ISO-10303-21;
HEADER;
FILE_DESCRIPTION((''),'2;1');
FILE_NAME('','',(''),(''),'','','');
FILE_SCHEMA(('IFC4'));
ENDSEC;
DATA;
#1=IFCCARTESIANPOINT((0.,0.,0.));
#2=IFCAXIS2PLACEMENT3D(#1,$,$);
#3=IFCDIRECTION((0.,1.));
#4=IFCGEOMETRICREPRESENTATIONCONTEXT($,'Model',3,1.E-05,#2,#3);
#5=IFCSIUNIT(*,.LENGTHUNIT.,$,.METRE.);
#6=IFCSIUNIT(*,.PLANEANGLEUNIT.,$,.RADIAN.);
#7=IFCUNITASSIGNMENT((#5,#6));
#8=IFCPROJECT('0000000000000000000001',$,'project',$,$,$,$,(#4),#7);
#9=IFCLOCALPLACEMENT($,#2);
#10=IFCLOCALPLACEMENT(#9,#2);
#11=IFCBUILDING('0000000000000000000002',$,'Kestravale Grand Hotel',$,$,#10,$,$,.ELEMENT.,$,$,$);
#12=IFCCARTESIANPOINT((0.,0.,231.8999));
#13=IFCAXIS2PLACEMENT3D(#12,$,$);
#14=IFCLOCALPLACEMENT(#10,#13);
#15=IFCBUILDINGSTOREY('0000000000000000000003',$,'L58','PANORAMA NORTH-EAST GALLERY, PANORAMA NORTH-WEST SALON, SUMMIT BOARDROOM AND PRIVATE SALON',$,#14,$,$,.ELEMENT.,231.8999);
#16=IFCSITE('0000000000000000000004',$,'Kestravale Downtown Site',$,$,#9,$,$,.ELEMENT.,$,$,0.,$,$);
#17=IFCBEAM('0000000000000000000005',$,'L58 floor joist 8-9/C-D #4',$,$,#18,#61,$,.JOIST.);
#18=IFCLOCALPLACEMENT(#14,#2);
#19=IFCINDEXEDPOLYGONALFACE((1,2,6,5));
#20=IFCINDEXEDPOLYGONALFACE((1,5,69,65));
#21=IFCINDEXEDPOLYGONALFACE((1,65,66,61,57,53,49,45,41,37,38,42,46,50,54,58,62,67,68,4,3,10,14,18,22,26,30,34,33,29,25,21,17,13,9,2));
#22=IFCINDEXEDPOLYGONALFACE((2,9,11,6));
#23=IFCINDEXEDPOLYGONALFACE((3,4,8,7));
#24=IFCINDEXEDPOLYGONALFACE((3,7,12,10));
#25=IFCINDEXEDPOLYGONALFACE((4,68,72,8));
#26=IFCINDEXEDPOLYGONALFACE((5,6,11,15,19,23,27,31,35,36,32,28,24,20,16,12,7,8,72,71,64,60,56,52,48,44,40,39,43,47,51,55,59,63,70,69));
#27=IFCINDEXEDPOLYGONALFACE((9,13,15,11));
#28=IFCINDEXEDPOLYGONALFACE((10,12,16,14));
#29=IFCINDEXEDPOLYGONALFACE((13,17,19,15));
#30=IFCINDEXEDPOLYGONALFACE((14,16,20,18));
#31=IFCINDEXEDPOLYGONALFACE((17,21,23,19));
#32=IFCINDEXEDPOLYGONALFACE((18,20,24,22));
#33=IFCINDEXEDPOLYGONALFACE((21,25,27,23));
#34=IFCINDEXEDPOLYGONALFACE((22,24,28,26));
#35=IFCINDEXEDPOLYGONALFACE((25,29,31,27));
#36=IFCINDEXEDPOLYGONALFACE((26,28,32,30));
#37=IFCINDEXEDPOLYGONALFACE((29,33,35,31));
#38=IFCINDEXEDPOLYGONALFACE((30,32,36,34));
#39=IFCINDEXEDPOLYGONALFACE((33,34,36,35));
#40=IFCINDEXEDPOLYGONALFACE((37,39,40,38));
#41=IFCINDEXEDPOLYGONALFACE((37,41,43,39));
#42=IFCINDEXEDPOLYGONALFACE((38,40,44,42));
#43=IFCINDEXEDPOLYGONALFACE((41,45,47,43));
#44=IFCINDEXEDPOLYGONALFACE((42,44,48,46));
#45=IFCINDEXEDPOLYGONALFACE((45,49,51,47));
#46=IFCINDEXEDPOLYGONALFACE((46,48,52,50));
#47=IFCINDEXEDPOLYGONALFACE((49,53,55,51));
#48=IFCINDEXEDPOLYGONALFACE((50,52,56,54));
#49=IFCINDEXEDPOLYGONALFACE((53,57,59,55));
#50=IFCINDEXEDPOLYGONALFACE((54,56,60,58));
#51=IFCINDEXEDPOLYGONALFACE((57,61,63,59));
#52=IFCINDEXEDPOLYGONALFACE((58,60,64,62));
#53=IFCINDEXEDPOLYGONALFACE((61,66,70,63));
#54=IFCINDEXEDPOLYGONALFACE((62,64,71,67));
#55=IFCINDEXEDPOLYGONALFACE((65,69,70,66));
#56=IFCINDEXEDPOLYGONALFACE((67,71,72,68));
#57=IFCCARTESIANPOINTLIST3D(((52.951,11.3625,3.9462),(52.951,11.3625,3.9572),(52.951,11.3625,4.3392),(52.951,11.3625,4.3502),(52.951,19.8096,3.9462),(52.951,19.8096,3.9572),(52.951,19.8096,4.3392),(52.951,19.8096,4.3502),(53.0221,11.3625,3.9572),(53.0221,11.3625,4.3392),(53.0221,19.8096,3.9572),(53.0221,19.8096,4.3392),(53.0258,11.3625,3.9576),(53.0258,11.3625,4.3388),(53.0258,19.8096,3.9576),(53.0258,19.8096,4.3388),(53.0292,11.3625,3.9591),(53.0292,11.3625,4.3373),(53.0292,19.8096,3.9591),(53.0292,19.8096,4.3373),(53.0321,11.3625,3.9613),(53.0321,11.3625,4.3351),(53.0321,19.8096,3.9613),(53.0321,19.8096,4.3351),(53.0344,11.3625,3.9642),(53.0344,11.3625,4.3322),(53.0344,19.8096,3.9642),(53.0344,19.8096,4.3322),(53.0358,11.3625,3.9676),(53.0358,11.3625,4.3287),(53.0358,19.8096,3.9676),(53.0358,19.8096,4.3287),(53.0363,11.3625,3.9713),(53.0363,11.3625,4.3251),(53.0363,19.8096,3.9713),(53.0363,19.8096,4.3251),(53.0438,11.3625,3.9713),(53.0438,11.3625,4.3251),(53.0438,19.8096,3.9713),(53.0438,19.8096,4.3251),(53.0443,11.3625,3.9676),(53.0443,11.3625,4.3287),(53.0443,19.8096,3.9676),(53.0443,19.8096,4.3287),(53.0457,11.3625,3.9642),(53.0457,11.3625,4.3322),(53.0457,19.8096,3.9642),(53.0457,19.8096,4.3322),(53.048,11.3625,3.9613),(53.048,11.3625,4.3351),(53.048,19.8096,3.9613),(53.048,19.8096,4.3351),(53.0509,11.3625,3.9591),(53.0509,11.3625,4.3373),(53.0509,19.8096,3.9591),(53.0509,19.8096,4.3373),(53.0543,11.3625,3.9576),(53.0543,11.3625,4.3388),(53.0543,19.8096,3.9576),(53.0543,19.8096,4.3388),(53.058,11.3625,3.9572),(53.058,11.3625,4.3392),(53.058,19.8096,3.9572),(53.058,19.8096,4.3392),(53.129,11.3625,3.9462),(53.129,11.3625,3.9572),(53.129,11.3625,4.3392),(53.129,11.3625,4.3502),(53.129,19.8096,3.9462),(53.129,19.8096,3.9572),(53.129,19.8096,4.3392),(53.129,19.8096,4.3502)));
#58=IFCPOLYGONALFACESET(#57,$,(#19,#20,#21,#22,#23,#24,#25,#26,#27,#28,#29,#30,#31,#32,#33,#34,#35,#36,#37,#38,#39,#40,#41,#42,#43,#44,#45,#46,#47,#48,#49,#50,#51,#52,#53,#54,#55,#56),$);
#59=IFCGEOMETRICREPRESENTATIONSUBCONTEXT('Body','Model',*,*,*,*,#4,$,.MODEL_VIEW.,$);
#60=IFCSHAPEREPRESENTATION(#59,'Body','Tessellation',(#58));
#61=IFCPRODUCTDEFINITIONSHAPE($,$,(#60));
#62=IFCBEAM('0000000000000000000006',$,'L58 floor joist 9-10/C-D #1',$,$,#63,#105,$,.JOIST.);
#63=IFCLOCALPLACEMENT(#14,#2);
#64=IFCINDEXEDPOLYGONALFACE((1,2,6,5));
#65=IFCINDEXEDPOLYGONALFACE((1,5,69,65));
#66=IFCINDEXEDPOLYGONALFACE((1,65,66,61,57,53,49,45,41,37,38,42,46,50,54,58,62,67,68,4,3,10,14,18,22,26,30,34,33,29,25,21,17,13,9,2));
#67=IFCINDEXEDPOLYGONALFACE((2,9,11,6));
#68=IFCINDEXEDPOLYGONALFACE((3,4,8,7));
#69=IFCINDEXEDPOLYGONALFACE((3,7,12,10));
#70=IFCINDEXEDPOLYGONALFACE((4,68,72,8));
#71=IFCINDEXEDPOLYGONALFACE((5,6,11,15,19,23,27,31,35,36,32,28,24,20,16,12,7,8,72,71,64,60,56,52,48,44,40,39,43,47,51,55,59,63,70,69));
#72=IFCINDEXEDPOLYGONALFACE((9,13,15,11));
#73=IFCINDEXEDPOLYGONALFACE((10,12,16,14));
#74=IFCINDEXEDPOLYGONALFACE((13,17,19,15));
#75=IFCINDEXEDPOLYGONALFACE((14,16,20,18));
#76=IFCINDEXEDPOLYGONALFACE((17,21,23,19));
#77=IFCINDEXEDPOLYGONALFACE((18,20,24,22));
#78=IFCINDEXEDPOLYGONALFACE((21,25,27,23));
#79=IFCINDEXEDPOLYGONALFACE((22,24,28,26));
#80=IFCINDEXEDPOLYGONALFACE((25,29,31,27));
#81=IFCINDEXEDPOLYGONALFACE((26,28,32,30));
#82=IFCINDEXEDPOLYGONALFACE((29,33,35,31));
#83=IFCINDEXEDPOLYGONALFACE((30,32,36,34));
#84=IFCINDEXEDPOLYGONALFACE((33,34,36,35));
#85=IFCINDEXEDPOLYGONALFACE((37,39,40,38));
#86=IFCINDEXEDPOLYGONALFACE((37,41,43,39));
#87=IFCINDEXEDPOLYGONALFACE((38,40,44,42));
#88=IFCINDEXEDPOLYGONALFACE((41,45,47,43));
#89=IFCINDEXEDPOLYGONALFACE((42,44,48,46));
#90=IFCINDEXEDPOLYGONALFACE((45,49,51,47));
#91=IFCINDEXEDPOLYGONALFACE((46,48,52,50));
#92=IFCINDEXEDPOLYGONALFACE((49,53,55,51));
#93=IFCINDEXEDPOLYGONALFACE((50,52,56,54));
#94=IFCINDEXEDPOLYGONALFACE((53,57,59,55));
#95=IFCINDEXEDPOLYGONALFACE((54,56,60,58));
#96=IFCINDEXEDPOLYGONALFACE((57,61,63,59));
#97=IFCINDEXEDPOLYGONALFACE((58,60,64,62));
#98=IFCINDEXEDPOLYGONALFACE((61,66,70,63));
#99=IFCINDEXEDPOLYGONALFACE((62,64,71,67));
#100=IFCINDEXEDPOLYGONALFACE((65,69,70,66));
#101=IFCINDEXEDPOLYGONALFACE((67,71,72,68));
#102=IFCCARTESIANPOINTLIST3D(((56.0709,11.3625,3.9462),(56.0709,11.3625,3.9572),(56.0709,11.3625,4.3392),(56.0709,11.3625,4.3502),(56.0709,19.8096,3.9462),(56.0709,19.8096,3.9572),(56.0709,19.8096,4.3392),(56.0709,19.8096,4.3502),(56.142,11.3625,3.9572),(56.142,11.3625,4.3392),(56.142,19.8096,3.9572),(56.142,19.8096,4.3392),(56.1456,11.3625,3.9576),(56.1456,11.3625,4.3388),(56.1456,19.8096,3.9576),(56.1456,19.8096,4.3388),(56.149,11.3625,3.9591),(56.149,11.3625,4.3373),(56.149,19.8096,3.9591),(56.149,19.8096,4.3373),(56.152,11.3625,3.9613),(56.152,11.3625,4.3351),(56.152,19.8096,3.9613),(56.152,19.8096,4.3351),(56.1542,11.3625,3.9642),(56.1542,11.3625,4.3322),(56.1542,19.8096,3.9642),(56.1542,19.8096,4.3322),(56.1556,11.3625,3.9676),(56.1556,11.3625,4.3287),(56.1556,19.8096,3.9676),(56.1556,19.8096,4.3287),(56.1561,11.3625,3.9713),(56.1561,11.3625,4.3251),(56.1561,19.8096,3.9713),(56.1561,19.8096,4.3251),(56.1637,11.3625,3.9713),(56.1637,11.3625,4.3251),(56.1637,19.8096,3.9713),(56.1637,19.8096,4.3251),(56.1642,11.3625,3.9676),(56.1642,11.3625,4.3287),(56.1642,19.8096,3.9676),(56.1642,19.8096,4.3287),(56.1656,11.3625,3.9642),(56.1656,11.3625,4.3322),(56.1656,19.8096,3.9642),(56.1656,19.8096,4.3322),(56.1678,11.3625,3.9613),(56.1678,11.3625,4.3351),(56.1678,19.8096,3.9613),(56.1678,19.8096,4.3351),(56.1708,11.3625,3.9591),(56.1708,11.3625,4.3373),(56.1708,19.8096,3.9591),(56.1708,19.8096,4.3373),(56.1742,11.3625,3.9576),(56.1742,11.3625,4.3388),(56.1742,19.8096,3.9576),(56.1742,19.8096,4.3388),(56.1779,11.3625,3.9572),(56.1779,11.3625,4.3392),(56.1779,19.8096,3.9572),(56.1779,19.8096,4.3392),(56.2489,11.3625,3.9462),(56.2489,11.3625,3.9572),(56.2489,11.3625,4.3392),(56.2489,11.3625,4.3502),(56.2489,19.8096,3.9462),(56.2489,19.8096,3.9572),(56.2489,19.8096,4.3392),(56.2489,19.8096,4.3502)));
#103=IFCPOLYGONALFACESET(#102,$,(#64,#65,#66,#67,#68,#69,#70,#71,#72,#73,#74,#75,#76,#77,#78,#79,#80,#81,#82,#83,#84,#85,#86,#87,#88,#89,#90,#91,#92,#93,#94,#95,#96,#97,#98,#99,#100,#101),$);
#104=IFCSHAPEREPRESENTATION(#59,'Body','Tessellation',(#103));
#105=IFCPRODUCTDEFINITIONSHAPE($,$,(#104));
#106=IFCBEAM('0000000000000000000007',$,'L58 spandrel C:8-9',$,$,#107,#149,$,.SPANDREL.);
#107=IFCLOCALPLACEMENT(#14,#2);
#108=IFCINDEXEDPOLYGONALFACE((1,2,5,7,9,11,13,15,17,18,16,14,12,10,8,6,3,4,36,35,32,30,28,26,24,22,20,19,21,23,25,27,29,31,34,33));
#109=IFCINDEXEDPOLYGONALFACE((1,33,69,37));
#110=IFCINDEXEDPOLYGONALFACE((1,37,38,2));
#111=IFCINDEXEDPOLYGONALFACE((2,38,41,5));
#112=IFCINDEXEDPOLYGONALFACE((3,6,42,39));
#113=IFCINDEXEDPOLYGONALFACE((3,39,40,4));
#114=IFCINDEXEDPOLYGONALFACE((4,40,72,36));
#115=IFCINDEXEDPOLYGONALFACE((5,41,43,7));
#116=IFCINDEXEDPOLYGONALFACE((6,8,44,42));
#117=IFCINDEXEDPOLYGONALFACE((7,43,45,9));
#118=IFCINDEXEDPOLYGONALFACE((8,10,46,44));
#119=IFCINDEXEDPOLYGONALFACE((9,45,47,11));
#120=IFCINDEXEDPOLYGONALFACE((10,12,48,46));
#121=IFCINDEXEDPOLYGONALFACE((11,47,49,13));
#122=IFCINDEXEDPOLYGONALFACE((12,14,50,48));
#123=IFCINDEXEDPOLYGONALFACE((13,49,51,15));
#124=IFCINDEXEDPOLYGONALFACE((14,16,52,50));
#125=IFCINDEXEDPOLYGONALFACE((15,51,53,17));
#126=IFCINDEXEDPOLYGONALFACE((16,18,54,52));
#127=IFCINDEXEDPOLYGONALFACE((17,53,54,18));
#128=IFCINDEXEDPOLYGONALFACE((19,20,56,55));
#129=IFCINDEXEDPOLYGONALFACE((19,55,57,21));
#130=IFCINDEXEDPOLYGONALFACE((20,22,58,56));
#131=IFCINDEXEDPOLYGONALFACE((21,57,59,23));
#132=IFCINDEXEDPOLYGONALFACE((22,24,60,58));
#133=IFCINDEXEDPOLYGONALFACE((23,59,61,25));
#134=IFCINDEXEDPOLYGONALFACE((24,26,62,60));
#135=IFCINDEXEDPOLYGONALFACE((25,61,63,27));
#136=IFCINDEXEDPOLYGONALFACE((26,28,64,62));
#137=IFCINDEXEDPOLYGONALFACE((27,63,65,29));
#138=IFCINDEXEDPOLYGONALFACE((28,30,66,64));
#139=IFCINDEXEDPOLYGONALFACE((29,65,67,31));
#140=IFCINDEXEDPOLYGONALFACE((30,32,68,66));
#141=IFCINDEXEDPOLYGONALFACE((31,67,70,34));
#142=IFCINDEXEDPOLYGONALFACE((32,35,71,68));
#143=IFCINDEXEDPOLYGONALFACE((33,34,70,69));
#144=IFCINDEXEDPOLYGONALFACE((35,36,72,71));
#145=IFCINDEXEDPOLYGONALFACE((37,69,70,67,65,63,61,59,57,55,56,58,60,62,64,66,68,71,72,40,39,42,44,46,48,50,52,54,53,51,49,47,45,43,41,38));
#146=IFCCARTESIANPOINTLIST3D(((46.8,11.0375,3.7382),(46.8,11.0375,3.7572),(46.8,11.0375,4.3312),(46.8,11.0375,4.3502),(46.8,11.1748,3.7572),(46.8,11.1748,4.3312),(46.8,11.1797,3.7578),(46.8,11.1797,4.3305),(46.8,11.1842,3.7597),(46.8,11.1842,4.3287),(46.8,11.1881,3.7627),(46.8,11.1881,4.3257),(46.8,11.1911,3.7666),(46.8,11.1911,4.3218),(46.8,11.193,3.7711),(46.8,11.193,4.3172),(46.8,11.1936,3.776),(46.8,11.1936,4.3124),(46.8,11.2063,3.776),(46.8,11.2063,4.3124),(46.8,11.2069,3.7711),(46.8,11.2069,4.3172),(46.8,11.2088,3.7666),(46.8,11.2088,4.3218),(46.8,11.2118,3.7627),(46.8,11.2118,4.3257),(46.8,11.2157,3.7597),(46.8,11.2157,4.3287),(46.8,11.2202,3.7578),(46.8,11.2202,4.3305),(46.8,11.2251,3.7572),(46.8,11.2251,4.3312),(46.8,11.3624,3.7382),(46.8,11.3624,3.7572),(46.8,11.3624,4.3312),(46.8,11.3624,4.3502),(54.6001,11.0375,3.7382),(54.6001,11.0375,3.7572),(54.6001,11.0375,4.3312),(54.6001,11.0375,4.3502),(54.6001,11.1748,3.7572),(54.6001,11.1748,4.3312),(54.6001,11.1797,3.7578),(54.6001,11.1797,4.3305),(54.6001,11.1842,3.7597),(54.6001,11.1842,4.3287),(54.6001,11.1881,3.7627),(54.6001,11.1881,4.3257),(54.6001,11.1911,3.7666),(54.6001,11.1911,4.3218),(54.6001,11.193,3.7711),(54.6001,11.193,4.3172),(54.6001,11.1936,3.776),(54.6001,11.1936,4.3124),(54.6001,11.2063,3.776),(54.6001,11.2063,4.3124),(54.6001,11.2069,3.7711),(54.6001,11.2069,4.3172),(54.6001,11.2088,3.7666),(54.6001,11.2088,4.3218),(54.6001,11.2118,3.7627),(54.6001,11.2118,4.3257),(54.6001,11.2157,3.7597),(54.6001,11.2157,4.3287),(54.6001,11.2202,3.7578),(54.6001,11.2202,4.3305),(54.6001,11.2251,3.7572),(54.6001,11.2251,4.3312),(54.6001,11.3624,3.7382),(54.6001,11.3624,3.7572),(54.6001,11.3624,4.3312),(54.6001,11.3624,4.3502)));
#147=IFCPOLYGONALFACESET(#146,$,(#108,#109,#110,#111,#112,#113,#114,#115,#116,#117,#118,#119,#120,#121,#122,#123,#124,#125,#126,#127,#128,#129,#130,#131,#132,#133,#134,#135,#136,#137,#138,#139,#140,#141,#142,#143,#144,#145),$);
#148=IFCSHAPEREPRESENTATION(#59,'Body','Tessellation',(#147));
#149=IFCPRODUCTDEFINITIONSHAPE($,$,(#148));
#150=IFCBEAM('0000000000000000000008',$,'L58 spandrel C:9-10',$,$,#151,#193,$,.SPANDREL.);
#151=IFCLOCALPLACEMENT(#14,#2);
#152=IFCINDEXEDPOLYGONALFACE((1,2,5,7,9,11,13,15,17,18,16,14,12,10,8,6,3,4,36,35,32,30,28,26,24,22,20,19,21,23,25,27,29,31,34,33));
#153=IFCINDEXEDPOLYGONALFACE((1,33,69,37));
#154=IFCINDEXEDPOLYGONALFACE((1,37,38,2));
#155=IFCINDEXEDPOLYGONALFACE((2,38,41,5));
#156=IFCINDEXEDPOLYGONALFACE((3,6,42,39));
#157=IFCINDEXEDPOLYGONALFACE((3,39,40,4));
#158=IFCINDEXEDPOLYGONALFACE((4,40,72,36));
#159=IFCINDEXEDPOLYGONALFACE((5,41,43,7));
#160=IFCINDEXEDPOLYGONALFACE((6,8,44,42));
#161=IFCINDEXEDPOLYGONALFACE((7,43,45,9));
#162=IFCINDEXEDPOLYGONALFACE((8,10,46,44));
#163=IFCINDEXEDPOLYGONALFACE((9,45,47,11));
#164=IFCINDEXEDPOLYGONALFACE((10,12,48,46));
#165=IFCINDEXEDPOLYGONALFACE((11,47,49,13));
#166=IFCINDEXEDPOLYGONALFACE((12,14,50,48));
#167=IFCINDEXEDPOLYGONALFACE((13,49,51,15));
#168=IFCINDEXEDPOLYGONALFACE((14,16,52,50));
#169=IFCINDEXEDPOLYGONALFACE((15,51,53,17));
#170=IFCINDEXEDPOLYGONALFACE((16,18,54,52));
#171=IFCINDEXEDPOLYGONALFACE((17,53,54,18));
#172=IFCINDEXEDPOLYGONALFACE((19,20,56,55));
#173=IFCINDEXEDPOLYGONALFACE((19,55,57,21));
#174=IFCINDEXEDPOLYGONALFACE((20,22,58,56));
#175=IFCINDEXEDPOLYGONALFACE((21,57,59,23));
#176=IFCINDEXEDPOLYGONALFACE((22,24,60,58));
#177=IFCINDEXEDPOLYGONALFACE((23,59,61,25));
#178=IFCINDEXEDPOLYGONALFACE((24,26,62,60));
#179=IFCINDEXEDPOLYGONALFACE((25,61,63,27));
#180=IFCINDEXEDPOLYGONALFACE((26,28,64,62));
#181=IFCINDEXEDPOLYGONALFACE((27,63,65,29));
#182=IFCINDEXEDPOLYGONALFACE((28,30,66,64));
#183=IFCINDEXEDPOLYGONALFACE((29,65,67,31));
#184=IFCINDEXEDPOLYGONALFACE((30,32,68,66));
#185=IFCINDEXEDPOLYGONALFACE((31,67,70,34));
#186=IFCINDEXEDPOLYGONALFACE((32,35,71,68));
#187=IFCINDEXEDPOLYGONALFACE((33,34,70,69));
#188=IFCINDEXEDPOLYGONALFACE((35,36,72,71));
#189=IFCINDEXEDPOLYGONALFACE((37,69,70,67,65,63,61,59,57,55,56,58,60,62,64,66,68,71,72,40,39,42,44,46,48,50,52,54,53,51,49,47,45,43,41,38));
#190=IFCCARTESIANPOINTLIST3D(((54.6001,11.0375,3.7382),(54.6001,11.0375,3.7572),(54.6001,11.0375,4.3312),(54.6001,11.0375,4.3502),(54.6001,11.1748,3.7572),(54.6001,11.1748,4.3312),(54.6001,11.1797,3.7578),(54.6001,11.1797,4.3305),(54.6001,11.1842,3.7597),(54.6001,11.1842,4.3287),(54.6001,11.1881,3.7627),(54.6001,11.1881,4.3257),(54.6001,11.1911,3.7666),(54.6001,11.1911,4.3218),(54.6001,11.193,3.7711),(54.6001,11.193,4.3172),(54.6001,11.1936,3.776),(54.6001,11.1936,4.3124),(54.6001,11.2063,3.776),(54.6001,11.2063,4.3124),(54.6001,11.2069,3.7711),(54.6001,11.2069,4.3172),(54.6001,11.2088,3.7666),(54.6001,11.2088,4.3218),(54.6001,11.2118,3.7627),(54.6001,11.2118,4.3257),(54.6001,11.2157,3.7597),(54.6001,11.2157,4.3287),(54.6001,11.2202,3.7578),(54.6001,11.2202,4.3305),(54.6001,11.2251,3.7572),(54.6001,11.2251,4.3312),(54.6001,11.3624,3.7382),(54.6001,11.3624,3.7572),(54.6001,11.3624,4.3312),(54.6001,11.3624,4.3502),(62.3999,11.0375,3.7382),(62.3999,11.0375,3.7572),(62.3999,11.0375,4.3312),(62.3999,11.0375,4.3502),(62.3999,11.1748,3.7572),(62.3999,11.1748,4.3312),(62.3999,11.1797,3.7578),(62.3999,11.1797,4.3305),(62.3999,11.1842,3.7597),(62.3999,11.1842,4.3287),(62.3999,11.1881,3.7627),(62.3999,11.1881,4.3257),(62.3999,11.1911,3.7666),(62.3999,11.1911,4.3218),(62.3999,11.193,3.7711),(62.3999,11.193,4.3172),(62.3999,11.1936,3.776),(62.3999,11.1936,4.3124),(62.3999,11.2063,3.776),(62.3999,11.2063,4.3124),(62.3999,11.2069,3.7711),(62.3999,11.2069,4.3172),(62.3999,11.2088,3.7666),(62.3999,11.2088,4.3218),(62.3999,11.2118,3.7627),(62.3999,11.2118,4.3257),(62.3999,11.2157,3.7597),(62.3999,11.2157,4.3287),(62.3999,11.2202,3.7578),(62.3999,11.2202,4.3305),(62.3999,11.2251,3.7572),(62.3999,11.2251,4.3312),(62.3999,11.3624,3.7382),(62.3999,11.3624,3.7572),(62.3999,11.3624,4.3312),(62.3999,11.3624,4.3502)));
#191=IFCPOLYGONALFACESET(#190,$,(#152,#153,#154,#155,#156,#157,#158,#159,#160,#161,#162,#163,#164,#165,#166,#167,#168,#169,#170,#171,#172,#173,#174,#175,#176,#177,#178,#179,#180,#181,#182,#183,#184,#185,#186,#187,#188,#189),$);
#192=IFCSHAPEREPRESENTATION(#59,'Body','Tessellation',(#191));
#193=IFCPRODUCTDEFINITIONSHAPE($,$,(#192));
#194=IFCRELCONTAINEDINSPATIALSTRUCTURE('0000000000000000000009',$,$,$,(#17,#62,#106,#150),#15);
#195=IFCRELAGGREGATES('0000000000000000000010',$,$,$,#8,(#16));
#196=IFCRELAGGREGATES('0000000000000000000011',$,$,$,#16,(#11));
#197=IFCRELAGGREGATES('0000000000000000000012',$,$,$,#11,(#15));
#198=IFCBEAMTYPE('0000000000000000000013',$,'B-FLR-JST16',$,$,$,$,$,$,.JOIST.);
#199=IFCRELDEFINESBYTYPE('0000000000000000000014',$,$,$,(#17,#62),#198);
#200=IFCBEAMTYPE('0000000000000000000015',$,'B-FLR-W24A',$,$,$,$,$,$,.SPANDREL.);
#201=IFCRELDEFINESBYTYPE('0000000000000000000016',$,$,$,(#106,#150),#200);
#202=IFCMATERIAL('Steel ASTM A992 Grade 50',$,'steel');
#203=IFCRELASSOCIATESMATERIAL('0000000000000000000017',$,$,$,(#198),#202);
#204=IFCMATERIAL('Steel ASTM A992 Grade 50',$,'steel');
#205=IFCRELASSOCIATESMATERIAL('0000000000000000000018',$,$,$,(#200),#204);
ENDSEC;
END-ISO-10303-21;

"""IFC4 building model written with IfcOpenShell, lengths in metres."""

from ifc_helpers import new_model, si_unit, direction, frame, origin, origin_2d, place, context, subcontext, project, spatial, i_section, extrude, material, material_profile, profile_set, type_object, element, save


model = new_model("IFC4")

# Units and contexts
model_context = context("Model", 3, precision=1e-05, world=origin(), true_north=direction((0.0, 1.0)))
body_context = subcontext(model_context, "Body", "Model", "MODEL_VIEW")
ifc_project = project(units=[si_unit("LENGTHUNIT", "METRE"), si_unit("PLANEANGLEUNIT", "RADIAN")], contexts=[model_context])

# Site, building, storey
site_placement = place(None, origin())
site = spatial("IfcSite", under=ifc_project, at=site_placement, Name="Kestravale Downtown Site", CompositionType="ELEMENT", RefElevation=0.0)
building_placement = place(site_placement, origin())
building = spatial("IfcBuilding", under=site, at=building_placement, Name="Kestravale Grand Hotel", CompositionType="ELEMENT")
storey_placement = place(building_placement, frame((0.0, 0.0, 231.8999)))
storey = spatial("IfcBuildingStorey", under=building, at=storey_placement, Name="L58", Description="PANORAMA NORTH-EAST GALLERY, PANORAMA NORTH-WEST SALON, SUMMIT BOARDROOM AND PRIVATE SALON", CompositionType="ELEMENT", Elevation=231.8999)

# Beams
ifc_material_1 = material(Name="Steel ASTM A992 Grade 50", Category="steel")
ifc_material_profile_1 = material_profile(ifc_material_1, i_section(OverallWidth=0.178, OverallDepth=0.4041, WebThickness=0.0076, FlangeThickness=0.011, FilletRadius=0.0142, at=origin_2d()))
ifc_profile_set_1 = profile_set([ifc_material_profile_1], Name="Steel ASTM A992 Grade 50")
beam_type_1 = type_object("IfcBeamType", Name="B-FLR-JST16", PredefinedType="JOIST", material=ifc_profile_set_1)
for number, where, z_axis, x_axis, name in (
    (1, (53.04, 11.3625, 4.1482), (0.0, 1.0, 0.0), (-1.0, 0.0, 0.0), "L58 floor joist 8-9/C-D #4"),
    (2, (56.1599, 11.3625, 4.1482), (0.0, 1.0, 0.0), (-1.0, 0.0, 0.0), "L58 floor joist 9-10/C-D #1"),
):
    element("IfcBeam", number, at=place(storey_placement, frame(where, z_axis=z_axis, x_axis=x_axis)), inside=storey, type_object=beam_type_1, Name=name, PredefinedType="JOIST", context=body_context, shape_type="SweptSolid", body=[
        extrude(i_section(OverallWidth=0.178, OverallDepth=0.4041, WebThickness=0.0076, FlangeThickness=0.011, FilletRadius=0.0142, at=origin_2d()), origin(), (0.0, 0.0, 1.0), 8.447),
    ])
ifc_material_2 = material(Name="Steel ASTM A992 Grade 50", Category="steel")
ifc_material_profile_2 = material_profile(ifc_material_2, i_section(OverallWidth=0.325, OverallDepth=0.6121, WebThickness=0.0127, FlangeThickness=0.019, FilletRadius=0.0188, at=origin_2d()))
ifc_profile_set_2 = profile_set([ifc_material_profile_2], Name="Steel ASTM A992 Grade 50")
beam_type_2 = type_object("IfcBeamType", Name="B-FLR-W24A", PredefinedType="SPANDREL", material=ifc_profile_set_2)
beam_1_placement = place(storey_placement, frame((46.8, 11.2, 4.0442), z_axis=(1.0, 0.0, 0.0), x_axis=(0.0, 1.0, 0.0)))
element("IfcBeam", 3, at=beam_1_placement, inside=storey, type_object=beam_type_2, Name="L58 spandrel C:8-9", PredefinedType="SPANDREL", context=body_context, shape_type="SweptSolid", body=[
    extrude(i_section(OverallWidth=0.325, OverallDepth=0.6121, WebThickness=0.0127, FlangeThickness=0.019, FilletRadius=0.0188, at=origin_2d()), origin(), (0.0, 0.0, 1.0), 7.8),
])
beam_2_placement = place(storey_placement, frame((54.6001, 11.2, 4.0442), z_axis=(1.0, 0.0, 0.0), x_axis=(0.0, 1.0, 0.0)))
element("IfcBeam", 4, at=beam_2_placement, inside=storey, type_object=beam_type_2, Name="L58 spandrel C:9-10", PredefinedType="SPANDREL", context=body_context, shape_type="SweptSolid", body=[
    extrude(i_section(OverallWidth=0.325, OverallDepth=0.6121, WebThickness=0.0127, FlangeThickness=0.019, FilletRadius=0.0188, at=origin_2d()), origin(), (0.0, 0.0, 1.0), 7.7998),
])

save(model, "model.ifc")
